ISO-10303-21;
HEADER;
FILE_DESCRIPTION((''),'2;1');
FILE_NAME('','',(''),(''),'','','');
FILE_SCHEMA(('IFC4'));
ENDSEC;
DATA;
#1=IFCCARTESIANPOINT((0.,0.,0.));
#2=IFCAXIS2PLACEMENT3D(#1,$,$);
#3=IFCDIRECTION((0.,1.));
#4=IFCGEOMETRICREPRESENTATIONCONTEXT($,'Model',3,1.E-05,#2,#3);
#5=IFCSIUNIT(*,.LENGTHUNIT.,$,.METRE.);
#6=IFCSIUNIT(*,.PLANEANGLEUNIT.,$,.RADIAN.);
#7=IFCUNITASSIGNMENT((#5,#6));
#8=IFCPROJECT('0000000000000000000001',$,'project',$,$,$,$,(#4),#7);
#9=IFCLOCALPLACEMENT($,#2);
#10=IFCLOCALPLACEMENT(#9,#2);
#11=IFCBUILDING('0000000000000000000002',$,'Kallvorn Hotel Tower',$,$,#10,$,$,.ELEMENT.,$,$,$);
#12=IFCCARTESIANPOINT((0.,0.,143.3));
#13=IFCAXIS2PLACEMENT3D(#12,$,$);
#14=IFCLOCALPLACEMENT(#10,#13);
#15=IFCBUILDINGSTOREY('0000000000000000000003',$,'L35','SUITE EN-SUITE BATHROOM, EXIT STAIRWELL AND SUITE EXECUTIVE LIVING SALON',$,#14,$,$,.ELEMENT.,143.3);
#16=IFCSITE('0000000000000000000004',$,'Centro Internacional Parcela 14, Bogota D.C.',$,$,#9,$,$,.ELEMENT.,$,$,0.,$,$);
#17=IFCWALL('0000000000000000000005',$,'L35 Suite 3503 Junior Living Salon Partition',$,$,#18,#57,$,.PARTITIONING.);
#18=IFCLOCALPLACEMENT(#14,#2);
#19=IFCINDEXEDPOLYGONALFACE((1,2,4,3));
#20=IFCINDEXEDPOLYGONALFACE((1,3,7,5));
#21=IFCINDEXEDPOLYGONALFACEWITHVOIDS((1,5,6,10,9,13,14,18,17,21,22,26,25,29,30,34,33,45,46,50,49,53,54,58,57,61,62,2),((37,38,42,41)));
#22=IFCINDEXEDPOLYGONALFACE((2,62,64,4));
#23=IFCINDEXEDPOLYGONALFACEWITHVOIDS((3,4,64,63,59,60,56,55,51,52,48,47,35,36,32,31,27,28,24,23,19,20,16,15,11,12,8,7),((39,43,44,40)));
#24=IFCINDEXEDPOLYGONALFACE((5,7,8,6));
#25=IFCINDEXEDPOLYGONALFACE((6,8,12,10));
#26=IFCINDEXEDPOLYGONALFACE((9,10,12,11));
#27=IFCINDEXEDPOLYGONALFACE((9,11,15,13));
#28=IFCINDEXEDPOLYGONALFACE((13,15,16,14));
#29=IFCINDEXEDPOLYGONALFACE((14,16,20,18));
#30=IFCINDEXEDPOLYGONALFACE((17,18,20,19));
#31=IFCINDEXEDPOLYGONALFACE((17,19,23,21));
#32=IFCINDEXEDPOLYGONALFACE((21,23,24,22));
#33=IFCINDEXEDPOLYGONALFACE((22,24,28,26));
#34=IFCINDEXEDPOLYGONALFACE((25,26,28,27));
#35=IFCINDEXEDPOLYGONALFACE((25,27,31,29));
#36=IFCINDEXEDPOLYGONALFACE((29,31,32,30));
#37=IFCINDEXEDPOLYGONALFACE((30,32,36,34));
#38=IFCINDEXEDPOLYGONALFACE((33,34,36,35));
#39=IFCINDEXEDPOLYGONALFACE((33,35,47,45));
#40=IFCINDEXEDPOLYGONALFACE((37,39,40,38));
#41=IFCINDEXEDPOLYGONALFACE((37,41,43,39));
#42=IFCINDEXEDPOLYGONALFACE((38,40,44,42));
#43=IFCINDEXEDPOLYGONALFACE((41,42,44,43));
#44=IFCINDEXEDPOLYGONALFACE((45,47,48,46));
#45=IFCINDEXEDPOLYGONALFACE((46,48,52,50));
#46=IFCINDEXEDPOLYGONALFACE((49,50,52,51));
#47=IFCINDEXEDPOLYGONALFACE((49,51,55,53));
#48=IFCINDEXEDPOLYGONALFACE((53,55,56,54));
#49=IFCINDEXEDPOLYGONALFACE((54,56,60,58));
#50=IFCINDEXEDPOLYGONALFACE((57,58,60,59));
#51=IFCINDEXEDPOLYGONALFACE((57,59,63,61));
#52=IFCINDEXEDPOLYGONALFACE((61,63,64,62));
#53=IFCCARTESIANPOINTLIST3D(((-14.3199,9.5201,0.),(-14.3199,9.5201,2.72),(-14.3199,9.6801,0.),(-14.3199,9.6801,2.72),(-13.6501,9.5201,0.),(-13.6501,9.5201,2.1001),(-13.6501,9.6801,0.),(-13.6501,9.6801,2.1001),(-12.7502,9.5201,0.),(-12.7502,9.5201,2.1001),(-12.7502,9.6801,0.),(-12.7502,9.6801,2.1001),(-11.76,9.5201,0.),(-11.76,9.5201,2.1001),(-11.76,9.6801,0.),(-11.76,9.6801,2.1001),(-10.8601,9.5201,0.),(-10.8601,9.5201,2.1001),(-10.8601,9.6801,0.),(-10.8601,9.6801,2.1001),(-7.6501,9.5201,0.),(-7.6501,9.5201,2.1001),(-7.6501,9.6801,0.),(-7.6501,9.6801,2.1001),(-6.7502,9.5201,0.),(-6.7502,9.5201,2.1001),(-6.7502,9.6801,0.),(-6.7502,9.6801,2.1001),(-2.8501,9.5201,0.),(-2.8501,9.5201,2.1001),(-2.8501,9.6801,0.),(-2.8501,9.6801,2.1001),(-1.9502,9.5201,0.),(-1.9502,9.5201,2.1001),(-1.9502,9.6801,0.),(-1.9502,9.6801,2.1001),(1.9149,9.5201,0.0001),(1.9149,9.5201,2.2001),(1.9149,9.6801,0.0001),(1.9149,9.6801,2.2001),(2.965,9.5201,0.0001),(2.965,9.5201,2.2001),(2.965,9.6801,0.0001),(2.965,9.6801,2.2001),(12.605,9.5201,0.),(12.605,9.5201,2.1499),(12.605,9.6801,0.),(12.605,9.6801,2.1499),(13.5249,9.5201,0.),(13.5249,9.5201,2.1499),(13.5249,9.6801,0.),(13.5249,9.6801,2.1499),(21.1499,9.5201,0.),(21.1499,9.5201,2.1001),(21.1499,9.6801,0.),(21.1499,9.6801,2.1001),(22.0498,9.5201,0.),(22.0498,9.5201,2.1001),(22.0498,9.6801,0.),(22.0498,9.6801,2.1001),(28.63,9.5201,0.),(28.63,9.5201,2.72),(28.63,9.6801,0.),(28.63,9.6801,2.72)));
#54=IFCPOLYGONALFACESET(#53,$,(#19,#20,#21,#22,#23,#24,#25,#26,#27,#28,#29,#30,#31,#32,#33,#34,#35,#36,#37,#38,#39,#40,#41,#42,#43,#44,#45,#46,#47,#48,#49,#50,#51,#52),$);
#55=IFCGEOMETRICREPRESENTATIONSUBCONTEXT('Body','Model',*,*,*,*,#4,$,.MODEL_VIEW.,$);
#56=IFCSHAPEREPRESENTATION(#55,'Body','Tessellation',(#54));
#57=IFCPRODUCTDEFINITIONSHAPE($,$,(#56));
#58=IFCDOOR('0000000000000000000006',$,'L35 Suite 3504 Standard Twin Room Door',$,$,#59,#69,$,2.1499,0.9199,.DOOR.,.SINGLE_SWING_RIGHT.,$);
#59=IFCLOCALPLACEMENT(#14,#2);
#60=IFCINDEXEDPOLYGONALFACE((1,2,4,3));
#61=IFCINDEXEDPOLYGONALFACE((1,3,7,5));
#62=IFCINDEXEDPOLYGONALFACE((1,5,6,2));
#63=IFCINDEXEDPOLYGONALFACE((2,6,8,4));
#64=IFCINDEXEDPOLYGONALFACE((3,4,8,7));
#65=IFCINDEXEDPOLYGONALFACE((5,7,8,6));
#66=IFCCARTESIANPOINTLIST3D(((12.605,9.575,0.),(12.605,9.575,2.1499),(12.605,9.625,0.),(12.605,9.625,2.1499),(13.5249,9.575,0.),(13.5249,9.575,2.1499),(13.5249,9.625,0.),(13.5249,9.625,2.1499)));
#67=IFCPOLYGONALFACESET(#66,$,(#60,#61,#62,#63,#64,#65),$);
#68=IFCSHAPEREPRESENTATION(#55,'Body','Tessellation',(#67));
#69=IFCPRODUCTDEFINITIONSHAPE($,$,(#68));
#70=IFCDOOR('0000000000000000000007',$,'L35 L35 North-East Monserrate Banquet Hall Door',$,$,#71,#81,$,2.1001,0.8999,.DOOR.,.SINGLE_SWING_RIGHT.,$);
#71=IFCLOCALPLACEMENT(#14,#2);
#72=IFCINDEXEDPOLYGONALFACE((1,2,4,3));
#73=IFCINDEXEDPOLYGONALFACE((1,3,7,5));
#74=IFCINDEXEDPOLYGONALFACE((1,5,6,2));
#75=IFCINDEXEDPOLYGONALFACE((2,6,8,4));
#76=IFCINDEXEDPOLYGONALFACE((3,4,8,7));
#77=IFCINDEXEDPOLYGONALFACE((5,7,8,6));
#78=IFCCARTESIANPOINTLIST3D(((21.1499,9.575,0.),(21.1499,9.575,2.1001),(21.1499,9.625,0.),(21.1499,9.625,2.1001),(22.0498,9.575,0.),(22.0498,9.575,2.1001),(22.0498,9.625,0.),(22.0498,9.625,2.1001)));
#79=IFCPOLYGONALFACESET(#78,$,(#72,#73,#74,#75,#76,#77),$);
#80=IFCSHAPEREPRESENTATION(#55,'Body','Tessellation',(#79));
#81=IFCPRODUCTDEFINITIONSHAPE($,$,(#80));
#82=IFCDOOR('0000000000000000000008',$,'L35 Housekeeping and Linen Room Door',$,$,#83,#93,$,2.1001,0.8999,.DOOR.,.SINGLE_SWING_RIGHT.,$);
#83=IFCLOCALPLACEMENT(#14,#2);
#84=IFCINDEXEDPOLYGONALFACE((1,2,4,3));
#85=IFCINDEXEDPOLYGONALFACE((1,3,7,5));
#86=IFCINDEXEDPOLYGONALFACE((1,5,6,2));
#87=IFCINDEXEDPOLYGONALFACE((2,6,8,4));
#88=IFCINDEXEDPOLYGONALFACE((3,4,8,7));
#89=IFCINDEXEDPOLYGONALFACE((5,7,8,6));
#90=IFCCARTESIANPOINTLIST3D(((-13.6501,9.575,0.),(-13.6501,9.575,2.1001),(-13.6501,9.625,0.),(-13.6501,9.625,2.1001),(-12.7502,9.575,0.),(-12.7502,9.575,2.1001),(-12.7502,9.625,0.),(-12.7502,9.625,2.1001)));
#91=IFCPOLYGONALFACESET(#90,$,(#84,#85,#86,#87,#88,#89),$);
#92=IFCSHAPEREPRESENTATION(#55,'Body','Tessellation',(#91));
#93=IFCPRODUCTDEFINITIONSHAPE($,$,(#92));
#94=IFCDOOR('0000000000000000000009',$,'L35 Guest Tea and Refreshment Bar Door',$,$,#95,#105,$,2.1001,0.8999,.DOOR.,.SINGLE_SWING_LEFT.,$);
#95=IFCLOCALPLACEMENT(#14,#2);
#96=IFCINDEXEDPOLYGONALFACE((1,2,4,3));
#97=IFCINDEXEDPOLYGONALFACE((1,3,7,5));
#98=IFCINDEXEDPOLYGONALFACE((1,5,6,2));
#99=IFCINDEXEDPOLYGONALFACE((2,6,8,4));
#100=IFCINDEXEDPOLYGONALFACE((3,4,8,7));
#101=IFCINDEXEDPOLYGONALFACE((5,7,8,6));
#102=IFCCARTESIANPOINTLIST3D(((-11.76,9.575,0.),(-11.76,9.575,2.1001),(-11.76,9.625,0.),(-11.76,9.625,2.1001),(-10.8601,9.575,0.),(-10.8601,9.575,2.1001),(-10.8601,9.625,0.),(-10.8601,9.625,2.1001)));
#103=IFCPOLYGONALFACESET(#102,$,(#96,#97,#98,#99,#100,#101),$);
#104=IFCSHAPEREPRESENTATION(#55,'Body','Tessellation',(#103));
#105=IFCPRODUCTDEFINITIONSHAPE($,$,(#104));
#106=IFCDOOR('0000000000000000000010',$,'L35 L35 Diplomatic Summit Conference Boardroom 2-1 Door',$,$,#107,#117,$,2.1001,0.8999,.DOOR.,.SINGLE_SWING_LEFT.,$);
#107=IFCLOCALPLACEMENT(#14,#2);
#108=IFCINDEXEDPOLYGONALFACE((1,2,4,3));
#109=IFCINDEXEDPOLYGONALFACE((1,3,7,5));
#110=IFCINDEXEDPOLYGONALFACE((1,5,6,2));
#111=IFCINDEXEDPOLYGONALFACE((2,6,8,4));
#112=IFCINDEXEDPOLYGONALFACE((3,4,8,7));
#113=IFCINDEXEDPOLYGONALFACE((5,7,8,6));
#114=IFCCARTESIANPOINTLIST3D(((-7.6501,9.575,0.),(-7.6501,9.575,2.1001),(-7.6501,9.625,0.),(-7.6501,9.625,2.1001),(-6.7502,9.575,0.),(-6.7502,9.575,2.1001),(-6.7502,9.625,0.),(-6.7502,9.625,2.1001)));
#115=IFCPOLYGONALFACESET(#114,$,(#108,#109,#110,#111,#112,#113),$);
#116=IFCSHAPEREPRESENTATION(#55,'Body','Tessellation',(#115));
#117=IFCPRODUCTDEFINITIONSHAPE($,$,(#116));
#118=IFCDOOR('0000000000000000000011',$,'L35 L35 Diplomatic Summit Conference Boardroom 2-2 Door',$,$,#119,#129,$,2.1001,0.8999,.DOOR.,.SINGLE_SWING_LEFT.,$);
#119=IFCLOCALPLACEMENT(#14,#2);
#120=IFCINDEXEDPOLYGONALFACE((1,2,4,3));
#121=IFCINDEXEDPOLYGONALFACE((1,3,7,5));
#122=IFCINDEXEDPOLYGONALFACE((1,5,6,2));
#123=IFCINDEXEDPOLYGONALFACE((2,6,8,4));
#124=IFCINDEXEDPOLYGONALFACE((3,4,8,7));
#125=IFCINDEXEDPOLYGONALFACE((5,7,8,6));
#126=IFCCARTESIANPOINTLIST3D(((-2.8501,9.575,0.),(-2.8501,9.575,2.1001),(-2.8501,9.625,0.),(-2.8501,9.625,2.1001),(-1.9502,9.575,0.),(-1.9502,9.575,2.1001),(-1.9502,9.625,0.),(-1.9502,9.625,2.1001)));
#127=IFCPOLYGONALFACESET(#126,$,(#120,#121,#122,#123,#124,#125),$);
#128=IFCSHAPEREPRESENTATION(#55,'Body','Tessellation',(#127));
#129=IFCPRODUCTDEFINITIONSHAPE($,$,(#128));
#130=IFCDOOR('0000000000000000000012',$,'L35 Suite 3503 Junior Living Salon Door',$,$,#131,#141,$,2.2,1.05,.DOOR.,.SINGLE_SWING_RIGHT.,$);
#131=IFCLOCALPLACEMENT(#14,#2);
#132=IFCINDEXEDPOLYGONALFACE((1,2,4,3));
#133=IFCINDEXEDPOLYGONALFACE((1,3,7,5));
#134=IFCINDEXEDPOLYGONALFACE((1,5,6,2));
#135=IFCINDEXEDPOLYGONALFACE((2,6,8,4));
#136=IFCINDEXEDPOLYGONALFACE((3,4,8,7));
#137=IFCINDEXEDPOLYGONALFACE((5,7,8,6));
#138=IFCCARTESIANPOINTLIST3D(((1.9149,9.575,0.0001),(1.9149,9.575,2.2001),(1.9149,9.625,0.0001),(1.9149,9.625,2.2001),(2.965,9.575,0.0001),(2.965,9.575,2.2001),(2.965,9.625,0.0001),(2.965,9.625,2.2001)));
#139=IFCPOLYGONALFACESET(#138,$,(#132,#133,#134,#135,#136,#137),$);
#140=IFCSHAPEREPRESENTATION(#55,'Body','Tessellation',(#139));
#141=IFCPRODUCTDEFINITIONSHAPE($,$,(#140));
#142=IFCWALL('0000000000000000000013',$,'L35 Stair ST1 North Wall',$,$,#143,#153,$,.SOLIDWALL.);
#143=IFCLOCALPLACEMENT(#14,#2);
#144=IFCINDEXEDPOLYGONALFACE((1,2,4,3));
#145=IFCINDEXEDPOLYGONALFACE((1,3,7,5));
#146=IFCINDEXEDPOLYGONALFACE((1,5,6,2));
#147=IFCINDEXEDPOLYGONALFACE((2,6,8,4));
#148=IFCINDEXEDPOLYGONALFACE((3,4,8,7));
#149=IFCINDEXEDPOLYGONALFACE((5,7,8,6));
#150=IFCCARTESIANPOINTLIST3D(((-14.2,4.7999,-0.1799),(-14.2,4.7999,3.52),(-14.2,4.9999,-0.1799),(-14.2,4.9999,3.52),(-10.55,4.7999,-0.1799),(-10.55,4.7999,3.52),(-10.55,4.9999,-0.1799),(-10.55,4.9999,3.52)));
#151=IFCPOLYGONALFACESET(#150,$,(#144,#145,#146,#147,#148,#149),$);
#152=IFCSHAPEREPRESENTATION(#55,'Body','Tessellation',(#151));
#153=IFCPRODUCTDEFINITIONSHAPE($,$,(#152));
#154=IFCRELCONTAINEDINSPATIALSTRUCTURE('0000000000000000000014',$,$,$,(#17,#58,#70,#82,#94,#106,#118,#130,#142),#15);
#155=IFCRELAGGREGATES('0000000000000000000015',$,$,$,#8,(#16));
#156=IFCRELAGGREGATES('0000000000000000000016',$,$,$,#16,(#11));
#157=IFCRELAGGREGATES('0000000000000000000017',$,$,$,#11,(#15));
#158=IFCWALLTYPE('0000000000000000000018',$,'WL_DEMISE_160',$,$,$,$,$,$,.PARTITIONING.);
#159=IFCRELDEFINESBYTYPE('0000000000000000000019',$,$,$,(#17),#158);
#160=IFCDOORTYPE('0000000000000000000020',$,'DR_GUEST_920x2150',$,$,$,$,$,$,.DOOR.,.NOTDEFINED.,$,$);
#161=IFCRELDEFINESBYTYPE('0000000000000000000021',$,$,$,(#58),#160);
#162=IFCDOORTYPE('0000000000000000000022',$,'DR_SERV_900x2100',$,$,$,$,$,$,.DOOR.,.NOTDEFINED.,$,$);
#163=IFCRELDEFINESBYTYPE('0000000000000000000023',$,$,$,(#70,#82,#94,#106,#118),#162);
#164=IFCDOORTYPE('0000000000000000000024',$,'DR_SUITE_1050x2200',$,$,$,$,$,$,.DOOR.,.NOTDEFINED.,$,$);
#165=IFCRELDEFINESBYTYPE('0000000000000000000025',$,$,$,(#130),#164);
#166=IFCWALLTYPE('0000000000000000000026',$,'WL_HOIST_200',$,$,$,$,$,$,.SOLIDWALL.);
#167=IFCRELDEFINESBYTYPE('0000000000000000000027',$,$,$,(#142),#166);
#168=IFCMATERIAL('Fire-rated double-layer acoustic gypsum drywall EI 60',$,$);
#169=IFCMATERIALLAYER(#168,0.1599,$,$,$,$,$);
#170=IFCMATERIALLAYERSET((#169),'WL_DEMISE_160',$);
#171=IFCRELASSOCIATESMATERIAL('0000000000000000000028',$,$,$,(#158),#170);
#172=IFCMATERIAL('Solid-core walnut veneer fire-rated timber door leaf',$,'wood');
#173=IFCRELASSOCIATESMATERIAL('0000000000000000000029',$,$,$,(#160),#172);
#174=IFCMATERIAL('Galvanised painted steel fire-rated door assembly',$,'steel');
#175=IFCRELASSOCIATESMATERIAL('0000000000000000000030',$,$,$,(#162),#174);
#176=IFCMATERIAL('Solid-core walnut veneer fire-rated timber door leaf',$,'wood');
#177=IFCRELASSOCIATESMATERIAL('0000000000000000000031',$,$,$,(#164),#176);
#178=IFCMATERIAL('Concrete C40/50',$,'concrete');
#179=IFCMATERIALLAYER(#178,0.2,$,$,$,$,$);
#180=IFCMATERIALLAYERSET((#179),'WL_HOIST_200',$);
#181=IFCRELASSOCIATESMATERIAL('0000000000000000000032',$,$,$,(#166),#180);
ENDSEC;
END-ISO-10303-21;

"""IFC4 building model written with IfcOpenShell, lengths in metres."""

from ifc_helpers import new_model, si_unit, direction, frame, frame_2d, origin, place, context, subcontext, project, spatial, rectangle, extrude, material, layer, layer_set, type_object, element, fill, save


model = new_model("IFC4")

# Units and contexts
model_context = context("Model", 3, precision=1e-05, world=origin(), true_north=direction((0.0, 1.0)))
body_context = subcontext(model_context, "Body", "Model", "MODEL_VIEW")
ifc_project = project(units=[si_unit("LENGTHUNIT", "METRE"), si_unit("PLANEANGLEUNIT", "RADIAN")], contexts=[model_context])

# Site, building, storey
site_placement = place(None, origin())
site = spatial("IfcSite", under=ifc_project, at=site_placement, Name="Centro Internacional Parcela 14, Bogota D.C.", CompositionType="ELEMENT", RefElevation=0.0)
building_placement = place(site_placement, origin())
building = spatial("IfcBuilding", under=site, at=building_placement, Name="Kallvorn Hotel Tower", CompositionType="ELEMENT")
storey_placement = place(building_placement, frame((0.0, 0.0, 143.3)))
storey = spatial("IfcBuildingStorey", under=building, at=storey_placement, Name="L35", Description="SUITE EN-SUITE BATHROOM, EXIT STAIRWELL AND SUITE EXECUTIVE LIVING SALON", CompositionType="ELEMENT", Elevation=143.3)

# Wall, openings, doors
ifc_material_1 = material(Name="Fire-rated double-layer acoustic gypsum drywall EI 60")
ifc_layer_1 = layer(ifc_material_1, 0.1599)
ifc_layer_set_1 = layer_set([ifc_layer_1], Name="WL_DEMISE_160")
wall_type_1 = type_object("IfcWallType", Name="WL_DEMISE_160", PredefinedType="PARTITIONING", material=ifc_layer_set_1)
wall_1_placement = place(storey_placement, frame((-14.3201, 9.6001, 0.0), z_axis=(0.0, 0.0, 1.0), x_axis=(1.0, 0.0, 0.0)))
wall_1 = element("IfcWall", 1, at=wall_1_placement, inside=storey, type_object=wall_type_1, Name="L35 Suite 3503 Junior Living Salon Partition", PredefinedType="PARTITIONING", context=body_context, shape_type="SweptSolid", body=[
    extrude(rectangle(XDim=42.95, YDim=0.1599, at=frame_2d((21.4751, 0.0))), origin(), (0.0, 0.0, 1.0), 2.72),
])
opening_1_placement = place(wall_1_placement, frame((35.47, 0.0, 0.0)))
opening_1 = element("IfcOpeningElement", 2, at=opening_1_placement, cuts=wall_1, PredefinedType="OPENING", context=body_context, shape_type="SweptSolid", body=[
    extrude(rectangle(XDim=0.8999, YDim=2.1001, at=frame_2d((0.45, 1.05))), frame((0.0, 0.095, 0.0), z_axis=(0.0, -1.0, 0.0), x_axis=(1.0, 0.0, 0.0)), (0.0, 0.0, 1.0), 0.1899),
])
opening_2_placement = place(wall_1_placement, frame((0.6699, 0.0, 0.0)))
opening_2 = element("IfcOpeningElement", 3, at=opening_2_placement, cuts=wall_1, PredefinedType="OPENING", context=body_context, shape_type="SweptSolid", body=[
    extrude(rectangle(XDim=0.8999, YDim=2.1001, at=frame_2d((0.45, 1.05))), frame((0.0, 0.095, 0.0), z_axis=(0.0, -1.0, 0.0), x_axis=(1.0, 0.0, 0.0)), (0.0, 0.0, 1.0), 0.1899),
])
opening_3_placement = place(wall_1_placement, frame((2.5601, 0.0, 0.0)))
opening_3 = element("IfcOpeningElement", 4, at=opening_3_placement, cuts=wall_1, PredefinedType="OPENING", context=body_context, shape_type="SweptSolid", body=[
    extrude(rectangle(XDim=0.8999, YDim=2.1001, at=frame_2d((0.45, 1.05))), frame((0.0, 0.095, 0.0), z_axis=(0.0, -1.0, 0.0), x_axis=(1.0, 0.0, 0.0)), (0.0, 0.0, 1.0), 0.1899),
])
opening_4_placement = place(wall_1_placement, frame((6.6699, 0.0, 0.0)))
opening_4 = element("IfcOpeningElement", 5, at=opening_4_placement, cuts=wall_1, PredefinedType="OPENING", context=body_context, shape_type="SweptSolid", body=[
    extrude(rectangle(XDim=0.8999, YDim=2.1001, at=frame_2d((0.45, 1.05))), frame((0.0, 0.095, 0.0), z_axis=(0.0, -1.0, 0.0), x_axis=(1.0, 0.0, 0.0)), (0.0, 0.0, 1.0), 0.1899),
])
opening_5_placement = place(wall_1_placement, frame((11.47, 0.0, 0.0)))
opening_5 = element("IfcOpeningElement", 6, at=opening_5_placement, cuts=wall_1, PredefinedType="OPENING", context=body_context, shape_type="SweptSolid", body=[
    extrude(rectangle(XDim=0.8999, YDim=2.1001, at=frame_2d((0.45, 1.05))), frame((0.0, 0.095, 0.0), z_axis=(0.0, -1.0, 0.0), x_axis=(1.0, 0.0, 0.0)), (0.0, 0.0, 1.0), 0.1899),
])
opening_6_placement = place(wall_1_placement, frame((16.2351, 0.0, 0.0)))
opening_6 = element("IfcOpeningElement", 7, at=opening_6_placement, cuts=wall_1, PredefinedType="OPENING", context=body_context, shape_type="SweptSolid", body=[
    extrude(rectangle(XDim=1.05, YDim=2.2, at=frame_2d((0.5249, 1.1001))), frame((0.0, 0.095, 0.0), z_axis=(0.0, -1.0, 0.0), x_axis=(1.0, 0.0, 0.0)), (0.0, 0.0, 1.0), 0.1899),
])
opening_7_placement = place(wall_1_placement, frame((26.925, 0.0, 0.0)))
opening_7 = element("IfcOpeningElement", 8, at=opening_7_placement, cuts=wall_1, PredefinedType="OPENING", context=body_context, shape_type="SweptSolid", body=[
    extrude(rectangle(XDim=0.9199, YDim=2.1499, at=frame_2d((0.46, 1.075))), frame((0.0, 0.095, 0.0), z_axis=(0.0, -1.0, 0.0), x_axis=(1.0, 0.0, 0.0)), (0.0, 0.0, 1.0), 0.1899),
])
ifc_material_2 = material(Name="Solid-core walnut veneer fire-rated timber door leaf", Category="wood")
door_type_1 = type_object("IfcDoorType", Name="DR_GUEST_920x2150", OperationType="NOTDEFINED", PredefinedType="DOOR", material=ifc_material_2)
door_1_placement = place(opening_7_placement, origin())
door_1 = element("IfcDoor", 9, at=door_1_placement, inside=storey, type_object=door_type_1, Name="L35 Suite 3504 Standard Twin Room Door", OperationType="SINGLE_SWING_RIGHT", OverallHeight=2.1499, OverallWidth=0.9199, PredefinedType="DOOR", context=body_context, shape_type="SweptSolid", body=[
    extrude(rectangle(XDim=0.9199, YDim=2.1499, at=frame_2d((0.46, 1.075))), frame((0.0, 0.0249, 0.0), z_axis=(0.0, -1.0, 0.0), x_axis=(1.0, 0.0, 0.0)), (0.0, 0.0, 1.0), 0.05),
])
fill(opening_7, door_1)
ifc_material_3 = material(Name="Galvanised painted steel fire-rated door assembly", Category="steel")
door_type_2 = type_object("IfcDoorType", Name="DR_SERV_900x2100", OperationType="NOTDEFINED", PredefinedType="DOOR", material=ifc_material_3)
door_2_placement = place(opening_1_placement, origin())
door_2 = element("IfcDoor", 10, at=door_2_placement, inside=storey, type_object=door_type_2, Name="L35 L35 North-East Monserrate Banquet Hall Door", OperationType="SINGLE_SWING_RIGHT", OverallHeight=2.1001, OverallWidth=0.8999, PredefinedType="DOOR", context=body_context, shape_type="SweptSolid", body=[
    extrude(rectangle(XDim=0.8999, YDim=2.1001, at=frame_2d((0.45, 1.05))), frame((0.0, 0.0249, 0.0), z_axis=(0.0, -1.0, 0.0), x_axis=(1.0, 0.0, 0.0)), (0.0, 0.0, 1.0), 0.05),
])
fill(opening_1, door_2)
door_3_placement = place(opening_2_placement, origin())
door_3 = element("IfcDoor", 11, at=door_3_placement, inside=storey, type_object=door_type_2, Name="L35 Housekeeping and Linen Room Door", OperationType="SINGLE_SWING_RIGHT", OverallHeight=2.1001, OverallWidth=0.8999, PredefinedType="DOOR", context=body_context, shape_type="SweptSolid", body=[
    extrude(rectangle(XDim=0.8999, YDim=2.1001, at=frame_2d((0.45, 1.05))), frame((0.0, 0.0249, 0.0), z_axis=(0.0, -1.0, 0.0), x_axis=(1.0, 0.0, 0.0)), (0.0, 0.0, 1.0), 0.05),
])
fill(opening_2, door_3)
door_4_placement = place(opening_3_placement, origin())
door_4 = element("IfcDoor", 12, at=door_4_placement, inside=storey, type_object=door_type_2, Name="L35 Guest Tea and Refreshment Bar Door", OperationType="SINGLE_SWING_LEFT", OverallHeight=2.1001, OverallWidth=0.8999, PredefinedType="DOOR", context=body_context, shape_type="SweptSolid", body=[
    extrude(rectangle(XDim=0.8999, YDim=2.1001, at=frame_2d((0.45, 1.05))), frame((0.0, 0.0249, 0.0), z_axis=(0.0, -1.0, 0.0), x_axis=(1.0, 0.0, 0.0)), (0.0, 0.0, 1.0), 0.05),
])
fill(opening_3, door_4)
door_5_placement = place(opening_4_placement, origin())
door_5 = element("IfcDoor", 13, at=door_5_placement, inside=storey, type_object=door_type_2, Name="L35 L35 Diplomatic Summit Conference Boardroom 2-1 Door", OperationType="SINGLE_SWING_LEFT", OverallHeight=2.1001, OverallWidth=0.8999, PredefinedType="DOOR", context=body_context, shape_type="SweptSolid", body=[
    extrude(rectangle(XDim=0.8999, YDim=2.1001, at=frame_2d((0.45, 1.05))), frame((0.0, 0.0249, 0.0), z_axis=(0.0, -1.0, 0.0), x_axis=(1.0, 0.0, 0.0)), (0.0, 0.0, 1.0), 0.05),
])
fill(opening_4, door_5)
door_6_placement = place(opening_5_placement, origin())
door_6 = element("IfcDoor", 14, at=door_6_placement, inside=storey, type_object=door_type_2, Name="L35 L35 Diplomatic Summit Conference Boardroom 2-2 Door", OperationType="SINGLE_SWING_LEFT", OverallHeight=2.1001, OverallWidth=0.8999, PredefinedType="DOOR", context=body_context, shape_type="SweptSolid", body=[
    extrude(rectangle(XDim=0.8999, YDim=2.1001, at=frame_2d((0.45, 1.05))), frame((0.0, 0.0249, 0.0), z_axis=(0.0, -1.0, 0.0), x_axis=(1.0, 0.0, 0.0)), (0.0, 0.0, 1.0), 0.05),
])
fill(opening_5, door_6)
ifc_material_4 = material(Name="Solid-core walnut veneer fire-rated timber door leaf", Category="wood")
door_type_3 = type_object("IfcDoorType", Name="DR_SUITE_1050x2200", OperationType="NOTDEFINED", PredefinedType="DOOR", material=ifc_material_4)
door_7_placement = place(opening_6_placement, origin())
door_7 = element("IfcDoor", 15, at=door_7_placement, inside=storey, type_object=door_type_3, Name="L35 Suite 3503 Junior Living Salon Door", OperationType="SINGLE_SWING_RIGHT", OverallHeight=2.2, OverallWidth=1.05, PredefinedType="DOOR", context=body_context, shape_type="SweptSolid", body=[
    extrude(rectangle(XDim=1.05, YDim=2.2, at=frame_2d((0.5249, 1.1001))), frame((0.0, 0.0249, 0.0), z_axis=(0.0, -1.0, 0.0), x_axis=(1.0, 0.0, 0.0)), (0.0, 0.0, 1.0), 0.05),
])
fill(opening_6, door_7)

# Wall
ifc_material_5 = material(Name="Concrete C40/50", Category="concrete")
ifc_layer_2 = layer(ifc_material_5, 0.2)
ifc_layer_set_2 = layer_set([ifc_layer_2], Name="WL_HOIST_200")
wall_type_2 = type_object("IfcWallType", Name="WL_HOIST_200", PredefinedType="SOLIDWALL", material=ifc_layer_set_2)
wall_2_placement = place(storey_placement, frame((-14.2, 4.8999, -0.1799), z_axis=(0.0, 0.0, 1.0), x_axis=(1.0, 0.0, 0.0)))
element("IfcWall", 16, at=wall_2_placement, inside=storey, type_object=wall_type_2, Name="L35 Stair ST1 North Wall", PredefinedType="SOLIDWALL", context=body_context, shape_type="SweptSolid", body=[
    extrude(rectangle(XDim=3.6499, YDim=0.2, at=frame_2d((1.825, 0.0))), origin(), (0.0, 0.0, 1.0), 3.7),
])

save(model, "model.ifc")
